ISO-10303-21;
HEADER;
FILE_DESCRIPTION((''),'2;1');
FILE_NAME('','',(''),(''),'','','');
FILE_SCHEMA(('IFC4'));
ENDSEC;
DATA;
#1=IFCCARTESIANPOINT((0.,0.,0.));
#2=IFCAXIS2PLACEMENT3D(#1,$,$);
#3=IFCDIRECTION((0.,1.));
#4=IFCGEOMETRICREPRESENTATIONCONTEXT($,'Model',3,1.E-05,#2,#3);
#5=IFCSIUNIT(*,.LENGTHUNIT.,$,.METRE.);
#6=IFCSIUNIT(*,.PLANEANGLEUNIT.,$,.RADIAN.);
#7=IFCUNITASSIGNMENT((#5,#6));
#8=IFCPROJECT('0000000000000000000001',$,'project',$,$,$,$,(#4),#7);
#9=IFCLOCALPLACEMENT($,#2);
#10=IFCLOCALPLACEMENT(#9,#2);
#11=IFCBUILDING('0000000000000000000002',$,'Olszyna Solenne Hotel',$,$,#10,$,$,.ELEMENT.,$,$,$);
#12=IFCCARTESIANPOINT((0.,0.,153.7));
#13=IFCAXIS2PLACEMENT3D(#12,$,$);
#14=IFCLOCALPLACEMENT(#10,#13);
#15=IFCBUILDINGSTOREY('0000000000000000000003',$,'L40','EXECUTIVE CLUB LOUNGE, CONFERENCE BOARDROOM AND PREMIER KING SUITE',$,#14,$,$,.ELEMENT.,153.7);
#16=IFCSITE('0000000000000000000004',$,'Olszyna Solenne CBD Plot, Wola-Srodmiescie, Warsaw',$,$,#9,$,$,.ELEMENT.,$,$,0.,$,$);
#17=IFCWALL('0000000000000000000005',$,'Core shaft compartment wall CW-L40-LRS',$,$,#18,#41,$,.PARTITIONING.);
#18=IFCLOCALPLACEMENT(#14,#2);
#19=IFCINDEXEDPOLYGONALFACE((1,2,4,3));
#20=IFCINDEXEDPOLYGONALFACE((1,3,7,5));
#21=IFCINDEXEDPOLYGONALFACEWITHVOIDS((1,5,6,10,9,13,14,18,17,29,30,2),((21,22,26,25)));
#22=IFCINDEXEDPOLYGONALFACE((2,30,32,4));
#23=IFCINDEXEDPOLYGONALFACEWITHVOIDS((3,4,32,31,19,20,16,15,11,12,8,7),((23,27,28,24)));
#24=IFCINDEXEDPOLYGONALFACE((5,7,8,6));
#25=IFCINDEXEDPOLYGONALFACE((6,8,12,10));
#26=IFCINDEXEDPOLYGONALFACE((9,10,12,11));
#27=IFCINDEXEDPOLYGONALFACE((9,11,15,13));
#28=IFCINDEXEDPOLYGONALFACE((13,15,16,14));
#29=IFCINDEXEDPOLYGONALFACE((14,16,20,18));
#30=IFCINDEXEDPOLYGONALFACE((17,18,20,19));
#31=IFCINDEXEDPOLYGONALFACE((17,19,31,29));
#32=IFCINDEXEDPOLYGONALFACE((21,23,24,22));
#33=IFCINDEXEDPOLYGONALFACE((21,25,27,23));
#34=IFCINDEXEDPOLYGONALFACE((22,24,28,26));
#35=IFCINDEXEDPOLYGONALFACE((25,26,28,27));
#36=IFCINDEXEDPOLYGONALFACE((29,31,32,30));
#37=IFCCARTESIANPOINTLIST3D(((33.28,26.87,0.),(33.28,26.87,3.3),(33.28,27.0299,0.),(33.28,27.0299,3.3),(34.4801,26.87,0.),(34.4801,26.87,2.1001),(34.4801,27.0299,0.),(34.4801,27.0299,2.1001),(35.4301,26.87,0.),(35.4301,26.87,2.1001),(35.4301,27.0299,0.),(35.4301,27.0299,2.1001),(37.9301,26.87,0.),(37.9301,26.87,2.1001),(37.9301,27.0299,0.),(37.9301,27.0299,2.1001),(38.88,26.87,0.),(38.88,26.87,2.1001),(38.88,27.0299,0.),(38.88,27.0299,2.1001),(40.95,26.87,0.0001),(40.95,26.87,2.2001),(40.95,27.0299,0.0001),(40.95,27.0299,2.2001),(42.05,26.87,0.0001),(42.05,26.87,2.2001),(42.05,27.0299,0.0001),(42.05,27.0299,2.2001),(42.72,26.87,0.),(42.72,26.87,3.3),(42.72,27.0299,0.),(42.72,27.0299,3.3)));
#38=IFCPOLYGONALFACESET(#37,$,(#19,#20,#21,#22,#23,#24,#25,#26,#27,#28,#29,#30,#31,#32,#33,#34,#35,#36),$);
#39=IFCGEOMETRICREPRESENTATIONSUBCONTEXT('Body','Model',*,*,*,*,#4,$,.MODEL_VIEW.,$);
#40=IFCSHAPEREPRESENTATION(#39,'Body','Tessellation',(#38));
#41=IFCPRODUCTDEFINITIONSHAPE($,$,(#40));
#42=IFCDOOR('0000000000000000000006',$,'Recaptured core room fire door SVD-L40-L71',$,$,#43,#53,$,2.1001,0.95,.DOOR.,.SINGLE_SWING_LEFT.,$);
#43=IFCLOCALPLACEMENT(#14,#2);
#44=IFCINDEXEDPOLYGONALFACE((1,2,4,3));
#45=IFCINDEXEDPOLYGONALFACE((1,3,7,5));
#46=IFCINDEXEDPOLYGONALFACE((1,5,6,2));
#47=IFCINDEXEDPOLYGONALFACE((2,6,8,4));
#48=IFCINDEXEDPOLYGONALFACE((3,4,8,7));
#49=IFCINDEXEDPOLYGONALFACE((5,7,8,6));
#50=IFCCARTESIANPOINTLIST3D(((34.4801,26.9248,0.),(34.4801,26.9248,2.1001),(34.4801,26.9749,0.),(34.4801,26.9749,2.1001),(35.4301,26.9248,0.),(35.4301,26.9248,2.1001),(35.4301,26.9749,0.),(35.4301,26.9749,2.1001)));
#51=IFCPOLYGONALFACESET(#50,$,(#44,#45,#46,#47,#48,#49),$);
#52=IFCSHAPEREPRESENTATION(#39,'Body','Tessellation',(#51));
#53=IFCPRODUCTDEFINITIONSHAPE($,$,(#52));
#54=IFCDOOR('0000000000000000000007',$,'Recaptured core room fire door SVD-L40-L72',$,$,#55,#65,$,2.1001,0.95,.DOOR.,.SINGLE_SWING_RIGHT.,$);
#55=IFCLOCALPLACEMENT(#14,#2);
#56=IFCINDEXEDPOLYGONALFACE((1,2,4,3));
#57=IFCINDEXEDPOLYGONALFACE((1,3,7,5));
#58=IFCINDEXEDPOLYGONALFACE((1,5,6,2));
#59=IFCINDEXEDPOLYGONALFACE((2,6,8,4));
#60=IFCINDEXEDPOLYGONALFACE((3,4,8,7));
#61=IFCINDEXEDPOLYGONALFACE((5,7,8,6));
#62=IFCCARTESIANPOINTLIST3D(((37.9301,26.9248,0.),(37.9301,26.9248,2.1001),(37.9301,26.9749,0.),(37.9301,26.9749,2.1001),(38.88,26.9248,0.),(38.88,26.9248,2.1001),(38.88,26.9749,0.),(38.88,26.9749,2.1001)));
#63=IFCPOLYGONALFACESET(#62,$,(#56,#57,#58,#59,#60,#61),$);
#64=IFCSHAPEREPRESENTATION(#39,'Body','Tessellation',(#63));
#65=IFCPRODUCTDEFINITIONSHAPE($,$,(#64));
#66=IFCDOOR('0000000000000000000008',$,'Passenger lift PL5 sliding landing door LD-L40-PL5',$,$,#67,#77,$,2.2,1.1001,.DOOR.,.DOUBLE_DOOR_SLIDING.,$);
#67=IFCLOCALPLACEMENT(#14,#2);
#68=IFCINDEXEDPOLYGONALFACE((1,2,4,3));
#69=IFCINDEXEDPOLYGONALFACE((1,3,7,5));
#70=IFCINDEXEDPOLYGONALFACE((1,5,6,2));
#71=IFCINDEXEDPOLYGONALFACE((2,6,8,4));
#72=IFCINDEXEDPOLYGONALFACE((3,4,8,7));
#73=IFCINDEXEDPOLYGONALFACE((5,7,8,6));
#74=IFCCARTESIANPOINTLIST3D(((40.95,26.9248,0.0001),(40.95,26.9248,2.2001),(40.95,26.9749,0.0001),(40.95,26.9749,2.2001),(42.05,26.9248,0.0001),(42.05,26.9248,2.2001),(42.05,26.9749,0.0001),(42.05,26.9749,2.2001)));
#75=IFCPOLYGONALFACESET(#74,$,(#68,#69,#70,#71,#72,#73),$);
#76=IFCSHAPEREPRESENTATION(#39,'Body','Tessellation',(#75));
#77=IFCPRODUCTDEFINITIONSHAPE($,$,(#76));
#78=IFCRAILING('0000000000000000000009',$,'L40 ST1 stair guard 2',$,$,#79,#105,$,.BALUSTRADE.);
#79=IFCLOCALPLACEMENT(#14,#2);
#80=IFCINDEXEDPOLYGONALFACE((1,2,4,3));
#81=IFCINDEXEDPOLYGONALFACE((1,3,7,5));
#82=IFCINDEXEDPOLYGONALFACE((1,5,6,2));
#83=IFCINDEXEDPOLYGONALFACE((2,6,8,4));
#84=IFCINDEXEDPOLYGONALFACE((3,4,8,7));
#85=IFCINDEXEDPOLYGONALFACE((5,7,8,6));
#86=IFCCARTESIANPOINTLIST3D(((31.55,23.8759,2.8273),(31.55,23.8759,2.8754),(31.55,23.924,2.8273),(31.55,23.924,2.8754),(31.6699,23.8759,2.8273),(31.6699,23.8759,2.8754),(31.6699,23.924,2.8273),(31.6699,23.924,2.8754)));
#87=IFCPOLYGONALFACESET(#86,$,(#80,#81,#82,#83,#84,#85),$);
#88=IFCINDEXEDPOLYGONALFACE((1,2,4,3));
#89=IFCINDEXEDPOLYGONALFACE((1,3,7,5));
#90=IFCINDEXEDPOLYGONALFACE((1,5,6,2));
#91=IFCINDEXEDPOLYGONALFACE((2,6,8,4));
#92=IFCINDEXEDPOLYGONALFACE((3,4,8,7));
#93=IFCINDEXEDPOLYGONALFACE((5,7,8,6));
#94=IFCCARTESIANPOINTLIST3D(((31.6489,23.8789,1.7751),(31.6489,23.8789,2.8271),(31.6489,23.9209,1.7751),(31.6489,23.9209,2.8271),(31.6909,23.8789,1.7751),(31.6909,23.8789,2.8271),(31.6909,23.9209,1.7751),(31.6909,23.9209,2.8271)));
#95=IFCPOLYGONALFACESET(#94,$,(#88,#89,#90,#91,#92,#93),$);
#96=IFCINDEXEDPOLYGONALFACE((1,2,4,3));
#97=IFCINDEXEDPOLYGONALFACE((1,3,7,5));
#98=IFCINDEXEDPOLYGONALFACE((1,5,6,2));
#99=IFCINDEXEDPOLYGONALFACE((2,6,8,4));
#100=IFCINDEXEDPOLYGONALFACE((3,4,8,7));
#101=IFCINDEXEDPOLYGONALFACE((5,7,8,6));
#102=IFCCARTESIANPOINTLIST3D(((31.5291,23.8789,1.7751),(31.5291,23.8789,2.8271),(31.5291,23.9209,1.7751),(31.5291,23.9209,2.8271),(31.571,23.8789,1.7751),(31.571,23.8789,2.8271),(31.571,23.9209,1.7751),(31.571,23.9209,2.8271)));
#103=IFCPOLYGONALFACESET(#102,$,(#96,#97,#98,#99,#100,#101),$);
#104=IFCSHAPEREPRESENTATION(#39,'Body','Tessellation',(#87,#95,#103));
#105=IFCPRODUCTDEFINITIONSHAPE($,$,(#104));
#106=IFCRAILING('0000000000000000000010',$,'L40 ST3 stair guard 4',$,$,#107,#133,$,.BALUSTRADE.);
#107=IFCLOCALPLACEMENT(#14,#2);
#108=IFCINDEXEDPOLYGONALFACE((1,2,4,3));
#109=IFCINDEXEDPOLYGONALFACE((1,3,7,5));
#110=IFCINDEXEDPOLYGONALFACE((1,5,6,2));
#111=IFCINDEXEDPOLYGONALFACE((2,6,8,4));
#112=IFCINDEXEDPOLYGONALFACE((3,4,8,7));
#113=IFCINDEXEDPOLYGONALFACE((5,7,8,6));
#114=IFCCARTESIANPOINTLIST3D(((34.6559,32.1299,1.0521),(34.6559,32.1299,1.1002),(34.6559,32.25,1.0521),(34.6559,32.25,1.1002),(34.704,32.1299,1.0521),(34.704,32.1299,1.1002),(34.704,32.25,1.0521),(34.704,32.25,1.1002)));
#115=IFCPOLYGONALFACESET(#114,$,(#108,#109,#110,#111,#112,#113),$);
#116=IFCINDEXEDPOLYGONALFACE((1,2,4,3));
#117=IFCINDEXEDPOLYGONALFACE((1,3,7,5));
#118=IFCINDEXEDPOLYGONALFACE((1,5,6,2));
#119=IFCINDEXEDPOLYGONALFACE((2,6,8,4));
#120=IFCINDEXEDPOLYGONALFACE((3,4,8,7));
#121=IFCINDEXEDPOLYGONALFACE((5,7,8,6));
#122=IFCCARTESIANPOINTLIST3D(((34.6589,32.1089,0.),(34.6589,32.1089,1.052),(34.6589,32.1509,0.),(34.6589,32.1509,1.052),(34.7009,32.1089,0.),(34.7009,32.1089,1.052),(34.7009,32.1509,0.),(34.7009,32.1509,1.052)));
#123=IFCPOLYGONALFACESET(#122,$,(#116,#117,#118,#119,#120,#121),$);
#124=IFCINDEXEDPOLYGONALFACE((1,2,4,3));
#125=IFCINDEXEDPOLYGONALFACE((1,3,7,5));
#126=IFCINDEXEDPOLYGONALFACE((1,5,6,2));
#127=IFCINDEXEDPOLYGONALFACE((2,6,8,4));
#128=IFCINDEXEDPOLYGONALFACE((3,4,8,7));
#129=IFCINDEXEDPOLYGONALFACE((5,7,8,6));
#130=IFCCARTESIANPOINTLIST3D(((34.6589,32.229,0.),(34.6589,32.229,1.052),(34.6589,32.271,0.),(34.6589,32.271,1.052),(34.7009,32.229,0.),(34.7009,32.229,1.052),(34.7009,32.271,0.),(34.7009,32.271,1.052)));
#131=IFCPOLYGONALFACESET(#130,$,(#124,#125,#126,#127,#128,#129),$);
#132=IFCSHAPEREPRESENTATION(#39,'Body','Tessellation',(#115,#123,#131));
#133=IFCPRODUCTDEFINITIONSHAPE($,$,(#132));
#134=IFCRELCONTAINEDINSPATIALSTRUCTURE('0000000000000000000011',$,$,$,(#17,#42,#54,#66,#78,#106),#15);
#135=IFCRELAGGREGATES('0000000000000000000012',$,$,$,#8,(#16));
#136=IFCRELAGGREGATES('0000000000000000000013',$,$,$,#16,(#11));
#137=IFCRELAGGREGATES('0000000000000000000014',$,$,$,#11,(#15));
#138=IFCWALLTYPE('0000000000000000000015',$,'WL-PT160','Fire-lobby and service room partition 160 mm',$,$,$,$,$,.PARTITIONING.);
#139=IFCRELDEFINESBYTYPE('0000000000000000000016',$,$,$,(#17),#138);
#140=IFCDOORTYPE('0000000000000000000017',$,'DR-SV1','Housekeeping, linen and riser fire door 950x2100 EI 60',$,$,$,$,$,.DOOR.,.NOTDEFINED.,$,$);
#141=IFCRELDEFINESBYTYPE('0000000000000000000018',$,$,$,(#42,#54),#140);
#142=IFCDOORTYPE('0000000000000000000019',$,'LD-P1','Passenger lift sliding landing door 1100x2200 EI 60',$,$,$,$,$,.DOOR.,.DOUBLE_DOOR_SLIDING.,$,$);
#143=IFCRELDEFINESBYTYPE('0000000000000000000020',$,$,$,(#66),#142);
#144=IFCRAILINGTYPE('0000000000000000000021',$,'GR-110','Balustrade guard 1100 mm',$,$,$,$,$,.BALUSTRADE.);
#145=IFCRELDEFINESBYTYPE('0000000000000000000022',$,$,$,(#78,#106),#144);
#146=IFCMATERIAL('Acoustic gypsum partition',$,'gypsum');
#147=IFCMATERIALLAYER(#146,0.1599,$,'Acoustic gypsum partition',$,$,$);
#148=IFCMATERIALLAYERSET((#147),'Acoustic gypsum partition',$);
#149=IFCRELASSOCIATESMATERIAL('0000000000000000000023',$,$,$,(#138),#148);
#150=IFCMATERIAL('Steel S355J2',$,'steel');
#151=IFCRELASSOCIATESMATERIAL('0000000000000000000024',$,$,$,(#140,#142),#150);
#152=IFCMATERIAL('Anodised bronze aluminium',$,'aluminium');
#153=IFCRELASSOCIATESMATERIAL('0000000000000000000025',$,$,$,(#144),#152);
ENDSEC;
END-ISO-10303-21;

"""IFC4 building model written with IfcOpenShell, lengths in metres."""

from ifc_helpers import new_model, si_unit, direction, frame, frame_2d, origin, origin_2d, place, context, subcontext, project, spatial, rectangle, extrude, source, transform, mapped, material, layer, layer_set, type_object, type_shapes, element, fill, save


model = new_model("IFC4")

# Units and contexts
model_context = context("Model", 3, precision=1e-05, world=origin(), true_north=direction((0.0, 1.0)))
body_context = subcontext(model_context, "Body", "Model", "MODEL_VIEW")
ifc_project = project(units=[si_unit("LENGTHUNIT", "METRE"), si_unit("PLANEANGLEUNIT", "RADIAN")], contexts=[model_context])

# Site, building, storey
site_placement = place(None, origin())
site = spatial("IfcSite", under=ifc_project, at=site_placement, Name="Olszyna Solenne CBD Plot, Wola-Srodmiescie, Warsaw", CompositionType="ELEMENT", RefElevation=0.0)
building_placement = place(site_placement, origin())
building = spatial("IfcBuilding", under=site, at=building_placement, Name="Olszyna Solenne Hotel", CompositionType="ELEMENT")
storey_placement = place(building_placement, frame((0.0, 0.0, 153.7)))
storey = spatial("IfcBuildingStorey", under=building, at=storey_placement, Name="L40", Description="EXECUTIVE CLUB LOUNGE, CONFERENCE BOARDROOM AND PREMIER KING SUITE", CompositionType="ELEMENT", Elevation=153.7)

# Shared definitions
ifc_material_1 = material(Name="Steel S355J2", Category="steel")

# Shared definitions
ifc_material_2 = material(Name="Acoustic gypsum partition", Category="gypsum")
ifc_layer = layer(ifc_material_2, 0.1599, Name="Acoustic gypsum partition")
ifc_layer_set = layer_set([ifc_layer], Name="Acoustic gypsum partition")
wall_type = type_object("IfcWallType", Name="WL-PT160", Description="Fire-lobby and service room partition 160 mm", PredefinedType="PARTITIONING", material=ifc_layer_set)

# Wall, openings, doors
wall_1_placement = place(storey_placement, frame((33.28, 26.95, 0.0), z_axis=(0.0, 0.0, 1.0), x_axis=(1.0, 0.0, 0.0)))
wall_1 = element("IfcWall", 1, at=wall_1_placement, inside=storey, type_object=wall_type, Name="Core shaft compartment wall CW-L40-LRS", PredefinedType="PARTITIONING", context=body_context, shape_type="SweptSolid", body=[
    extrude(rectangle(XDim=9.4399, YDim=0.1599, at=frame_2d((4.72, 0.0))), origin(), (0.0, 0.0, 1.0), 3.3),
])
opening_1_placement = place(wall_1_placement, frame((1.2, 0.0, 0.0)))
opening_1 = element("IfcOpeningElement", 2, at=opening_1_placement, cuts=wall_1, PredefinedType="OPENING", context=body_context, shape_type="SweptSolid", body=[
    extrude(rectangle(XDim=0.95, YDim=2.1001, at=frame_2d((0.4751, 1.05))), frame((0.0, 0.0898, 0.0), z_axis=(0.0, -1.0, 0.0), x_axis=(1.0, 0.0, 0.0)), (0.0, 0.0, 1.0), 0.1799),
])
opening_2_placement = place(wall_1_placement, frame((4.6499, 0.0, 0.0)))
opening_2 = element("IfcOpeningElement", 3, at=opening_2_placement, cuts=wall_1, PredefinedType="OPENING", context=body_context, shape_type="SweptSolid", body=[
    extrude(rectangle(XDim=0.95, YDim=2.1001, at=frame_2d((0.4751, 1.05))), frame((0.0, 0.0898, 0.0), z_axis=(0.0, -1.0, 0.0), x_axis=(1.0, 0.0, 0.0)), (0.0, 0.0, 1.0), 0.1799),
])
opening_3_placement = place(wall_1_placement, frame((7.6699, 0.0, 0.0)))
opening_3 = element("IfcOpeningElement", 4, at=opening_3_placement, cuts=wall_1, PredefinedType="OPENING", context=body_context, shape_type="SweptSolid", body=[
    extrude(rectangle(XDim=1.1001, YDim=2.2, at=frame_2d((0.55, 1.1001))), frame((0.0, 0.0898, 0.0), z_axis=(0.0, -1.0, 0.0), x_axis=(1.0, 0.0, 0.0)), (0.0, 0.0, 1.0), 0.1799),
])
door_type_1 = type_object("IfcDoorType", Name="DR-SV1", Description="Housekeeping, linen and riser fire door 950x2100 EI 60", OperationType="NOTDEFINED", PredefinedType="DOOR", material=ifc_material_1)
shared_shape_1 = source(origin(), body_context, "Body", "SweptSolid", [
    extrude(rectangle(XDim=0.95, YDim=2.1001, at=frame_2d((0.4751, 1.05))), frame((0.0, 0.0249, 0.0), z_axis=(0.0, -1.0, 0.0), x_axis=(1.0, 0.0, 0.0)), (0.0, 0.0, 1.0), 0.05),
])
type_shapes(door_type_1, [shared_shape_1])
door_1_placement = place(opening_1_placement, origin())
door_1 = element("IfcDoor", 5, at=door_1_placement, inside=storey, type_object=door_type_1, Name="Recaptured core room fire door SVD-L40-L71", OperationType="SINGLE_SWING_LEFT", OverallHeight=2.1001, OverallWidth=0.95, PredefinedType="DOOR", context=body_context, shape_type="MappedRepresentation", body=[
    mapped(shared_shape_1, transform((0.0, 0.0, 0.0), x_axis=(1.0, 0.0, 0.0), y_axis=(0.0, 1.0, 0.0), z_axis=(0.0, 0.0, 1.0), scale=1.0)),
])
fill(opening_1, door_1)
door_2_placement = place(opening_2_placement, origin())
door_2 = element("IfcDoor", 6, at=door_2_placement, inside=storey, type_object=door_type_1, Name="Recaptured core room fire door SVD-L40-L72", OperationType="SINGLE_SWING_RIGHT", OverallHeight=2.1001, OverallWidth=0.95, PredefinedType="DOOR", context=body_context, shape_type="MappedRepresentation", body=[
    mapped(shared_shape_1, transform((0.0, 0.0, 0.0), x_axis=(1.0, 0.0, 0.0), y_axis=(0.0, 1.0, 0.0), z_axis=(0.0, 0.0, 1.0), scale=1.0)),
])
fill(opening_2, door_2)
door_type_2 = type_object("IfcDoorType", Name="LD-P1", Description="Passenger lift sliding landing door 1100x2200 EI 60", OperationType="DOUBLE_DOOR_SLIDING", PredefinedType="DOOR", material=ifc_material_1)
shared_shape_2 = source(origin(), body_context, "Body", "SweptSolid", [
    extrude(rectangle(XDim=1.1001, YDim=2.2, at=frame_2d((0.55, 1.1001))), frame((0.0, 0.0249, 0.0), z_axis=(0.0, -1.0, 0.0), x_axis=(1.0, 0.0, 0.0)), (0.0, 0.0, 1.0), 0.05),
])
type_shapes(door_type_2, [shared_shape_2])
door_3_placement = place(opening_3_placement, origin())
door_3 = element("IfcDoor", 7, at=door_3_placement, inside=storey, type_object=door_type_2, Name="Passenger lift PL5 sliding landing door LD-L40-PL5", OperationType="DOUBLE_DOOR_SLIDING", OverallHeight=2.2, OverallWidth=1.1001, PredefinedType="DOOR", context=body_context, shape_type="MappedRepresentation", body=[
    mapped(shared_shape_2, transform((0.0, 0.0, 0.0), x_axis=(1.0, 0.0, 0.0), y_axis=(0.0, 1.0, 0.0), z_axis=(0.0, 0.0, 1.0), scale=1.0)),
])
fill(opening_3, door_3)

# Railings
ifc_material_3 = material(Name="Anodised bronze aluminium", Category="aluminium")
railing_type = type_object("IfcRailingType", Name="GR-110", Description="Balustrade guard 1100 mm", PredefinedType="BALUSTRADE", material=ifc_material_3)
railing_1_placement = place(storey_placement, frame((31.6699, 23.8999, 1.7751)))
element("IfcRailing", 8, at=railing_1_placement, inside=storey, type_object=railing_type, Name="L40 ST1 stair guard 2", PredefinedType="BALUSTRADE", context=body_context, shape_type="SweptSolid", body=[
    extrude(rectangle(XDim=0.0481, YDim=0.0481, at=origin_2d()), frame((0.0, 0.0, 1.0762), z_axis=(-1.0, 0.0, 0.0), x_axis=(0.0, -1.0, 0.0)), (0.0, 0.0, 1.0), 0.1199),
    extrude(rectangle(XDim=0.042, YDim=0.042, at=origin_2d()), origin(), (0.0, 0.0, 1.0), 1.052),
    extrude(rectangle(XDim=0.042, YDim=0.042, at=origin_2d()), frame((-0.1199, 0.0, 0.0)), (0.0, 0.0, 1.0), 1.052),
])
railing_2_placement = place(storey_placement, frame((34.6799, 32.1299, 0.0)))
element("IfcRailing", 9, at=railing_2_placement, inside=storey, type_object=railing_type, Name="L40 ST3 stair guard 4", PredefinedType="BALUSTRADE", context=body_context, shape_type="SweptSolid", body=[
    extrude(rectangle(XDim=0.0481, YDim=0.0481, at=origin_2d()), frame((0.0, 0.0, 1.0762), z_axis=(0.0, 1.0, 0.0), x_axis=(-1.0, 0.0, 0.0)), (0.0, 0.0, 1.0), 0.1201),
    extrude(rectangle(XDim=0.042, YDim=0.042, at=origin_2d()), origin(), (0.0, 0.0, 1.0), 1.052),
    extrude(rectangle(XDim=0.042, YDim=0.042, at=origin_2d()), frame((0.0, 0.1201, 0.0)), (0.0, 0.0, 1.0), 1.052),
])

save(model, "model.ifc")
